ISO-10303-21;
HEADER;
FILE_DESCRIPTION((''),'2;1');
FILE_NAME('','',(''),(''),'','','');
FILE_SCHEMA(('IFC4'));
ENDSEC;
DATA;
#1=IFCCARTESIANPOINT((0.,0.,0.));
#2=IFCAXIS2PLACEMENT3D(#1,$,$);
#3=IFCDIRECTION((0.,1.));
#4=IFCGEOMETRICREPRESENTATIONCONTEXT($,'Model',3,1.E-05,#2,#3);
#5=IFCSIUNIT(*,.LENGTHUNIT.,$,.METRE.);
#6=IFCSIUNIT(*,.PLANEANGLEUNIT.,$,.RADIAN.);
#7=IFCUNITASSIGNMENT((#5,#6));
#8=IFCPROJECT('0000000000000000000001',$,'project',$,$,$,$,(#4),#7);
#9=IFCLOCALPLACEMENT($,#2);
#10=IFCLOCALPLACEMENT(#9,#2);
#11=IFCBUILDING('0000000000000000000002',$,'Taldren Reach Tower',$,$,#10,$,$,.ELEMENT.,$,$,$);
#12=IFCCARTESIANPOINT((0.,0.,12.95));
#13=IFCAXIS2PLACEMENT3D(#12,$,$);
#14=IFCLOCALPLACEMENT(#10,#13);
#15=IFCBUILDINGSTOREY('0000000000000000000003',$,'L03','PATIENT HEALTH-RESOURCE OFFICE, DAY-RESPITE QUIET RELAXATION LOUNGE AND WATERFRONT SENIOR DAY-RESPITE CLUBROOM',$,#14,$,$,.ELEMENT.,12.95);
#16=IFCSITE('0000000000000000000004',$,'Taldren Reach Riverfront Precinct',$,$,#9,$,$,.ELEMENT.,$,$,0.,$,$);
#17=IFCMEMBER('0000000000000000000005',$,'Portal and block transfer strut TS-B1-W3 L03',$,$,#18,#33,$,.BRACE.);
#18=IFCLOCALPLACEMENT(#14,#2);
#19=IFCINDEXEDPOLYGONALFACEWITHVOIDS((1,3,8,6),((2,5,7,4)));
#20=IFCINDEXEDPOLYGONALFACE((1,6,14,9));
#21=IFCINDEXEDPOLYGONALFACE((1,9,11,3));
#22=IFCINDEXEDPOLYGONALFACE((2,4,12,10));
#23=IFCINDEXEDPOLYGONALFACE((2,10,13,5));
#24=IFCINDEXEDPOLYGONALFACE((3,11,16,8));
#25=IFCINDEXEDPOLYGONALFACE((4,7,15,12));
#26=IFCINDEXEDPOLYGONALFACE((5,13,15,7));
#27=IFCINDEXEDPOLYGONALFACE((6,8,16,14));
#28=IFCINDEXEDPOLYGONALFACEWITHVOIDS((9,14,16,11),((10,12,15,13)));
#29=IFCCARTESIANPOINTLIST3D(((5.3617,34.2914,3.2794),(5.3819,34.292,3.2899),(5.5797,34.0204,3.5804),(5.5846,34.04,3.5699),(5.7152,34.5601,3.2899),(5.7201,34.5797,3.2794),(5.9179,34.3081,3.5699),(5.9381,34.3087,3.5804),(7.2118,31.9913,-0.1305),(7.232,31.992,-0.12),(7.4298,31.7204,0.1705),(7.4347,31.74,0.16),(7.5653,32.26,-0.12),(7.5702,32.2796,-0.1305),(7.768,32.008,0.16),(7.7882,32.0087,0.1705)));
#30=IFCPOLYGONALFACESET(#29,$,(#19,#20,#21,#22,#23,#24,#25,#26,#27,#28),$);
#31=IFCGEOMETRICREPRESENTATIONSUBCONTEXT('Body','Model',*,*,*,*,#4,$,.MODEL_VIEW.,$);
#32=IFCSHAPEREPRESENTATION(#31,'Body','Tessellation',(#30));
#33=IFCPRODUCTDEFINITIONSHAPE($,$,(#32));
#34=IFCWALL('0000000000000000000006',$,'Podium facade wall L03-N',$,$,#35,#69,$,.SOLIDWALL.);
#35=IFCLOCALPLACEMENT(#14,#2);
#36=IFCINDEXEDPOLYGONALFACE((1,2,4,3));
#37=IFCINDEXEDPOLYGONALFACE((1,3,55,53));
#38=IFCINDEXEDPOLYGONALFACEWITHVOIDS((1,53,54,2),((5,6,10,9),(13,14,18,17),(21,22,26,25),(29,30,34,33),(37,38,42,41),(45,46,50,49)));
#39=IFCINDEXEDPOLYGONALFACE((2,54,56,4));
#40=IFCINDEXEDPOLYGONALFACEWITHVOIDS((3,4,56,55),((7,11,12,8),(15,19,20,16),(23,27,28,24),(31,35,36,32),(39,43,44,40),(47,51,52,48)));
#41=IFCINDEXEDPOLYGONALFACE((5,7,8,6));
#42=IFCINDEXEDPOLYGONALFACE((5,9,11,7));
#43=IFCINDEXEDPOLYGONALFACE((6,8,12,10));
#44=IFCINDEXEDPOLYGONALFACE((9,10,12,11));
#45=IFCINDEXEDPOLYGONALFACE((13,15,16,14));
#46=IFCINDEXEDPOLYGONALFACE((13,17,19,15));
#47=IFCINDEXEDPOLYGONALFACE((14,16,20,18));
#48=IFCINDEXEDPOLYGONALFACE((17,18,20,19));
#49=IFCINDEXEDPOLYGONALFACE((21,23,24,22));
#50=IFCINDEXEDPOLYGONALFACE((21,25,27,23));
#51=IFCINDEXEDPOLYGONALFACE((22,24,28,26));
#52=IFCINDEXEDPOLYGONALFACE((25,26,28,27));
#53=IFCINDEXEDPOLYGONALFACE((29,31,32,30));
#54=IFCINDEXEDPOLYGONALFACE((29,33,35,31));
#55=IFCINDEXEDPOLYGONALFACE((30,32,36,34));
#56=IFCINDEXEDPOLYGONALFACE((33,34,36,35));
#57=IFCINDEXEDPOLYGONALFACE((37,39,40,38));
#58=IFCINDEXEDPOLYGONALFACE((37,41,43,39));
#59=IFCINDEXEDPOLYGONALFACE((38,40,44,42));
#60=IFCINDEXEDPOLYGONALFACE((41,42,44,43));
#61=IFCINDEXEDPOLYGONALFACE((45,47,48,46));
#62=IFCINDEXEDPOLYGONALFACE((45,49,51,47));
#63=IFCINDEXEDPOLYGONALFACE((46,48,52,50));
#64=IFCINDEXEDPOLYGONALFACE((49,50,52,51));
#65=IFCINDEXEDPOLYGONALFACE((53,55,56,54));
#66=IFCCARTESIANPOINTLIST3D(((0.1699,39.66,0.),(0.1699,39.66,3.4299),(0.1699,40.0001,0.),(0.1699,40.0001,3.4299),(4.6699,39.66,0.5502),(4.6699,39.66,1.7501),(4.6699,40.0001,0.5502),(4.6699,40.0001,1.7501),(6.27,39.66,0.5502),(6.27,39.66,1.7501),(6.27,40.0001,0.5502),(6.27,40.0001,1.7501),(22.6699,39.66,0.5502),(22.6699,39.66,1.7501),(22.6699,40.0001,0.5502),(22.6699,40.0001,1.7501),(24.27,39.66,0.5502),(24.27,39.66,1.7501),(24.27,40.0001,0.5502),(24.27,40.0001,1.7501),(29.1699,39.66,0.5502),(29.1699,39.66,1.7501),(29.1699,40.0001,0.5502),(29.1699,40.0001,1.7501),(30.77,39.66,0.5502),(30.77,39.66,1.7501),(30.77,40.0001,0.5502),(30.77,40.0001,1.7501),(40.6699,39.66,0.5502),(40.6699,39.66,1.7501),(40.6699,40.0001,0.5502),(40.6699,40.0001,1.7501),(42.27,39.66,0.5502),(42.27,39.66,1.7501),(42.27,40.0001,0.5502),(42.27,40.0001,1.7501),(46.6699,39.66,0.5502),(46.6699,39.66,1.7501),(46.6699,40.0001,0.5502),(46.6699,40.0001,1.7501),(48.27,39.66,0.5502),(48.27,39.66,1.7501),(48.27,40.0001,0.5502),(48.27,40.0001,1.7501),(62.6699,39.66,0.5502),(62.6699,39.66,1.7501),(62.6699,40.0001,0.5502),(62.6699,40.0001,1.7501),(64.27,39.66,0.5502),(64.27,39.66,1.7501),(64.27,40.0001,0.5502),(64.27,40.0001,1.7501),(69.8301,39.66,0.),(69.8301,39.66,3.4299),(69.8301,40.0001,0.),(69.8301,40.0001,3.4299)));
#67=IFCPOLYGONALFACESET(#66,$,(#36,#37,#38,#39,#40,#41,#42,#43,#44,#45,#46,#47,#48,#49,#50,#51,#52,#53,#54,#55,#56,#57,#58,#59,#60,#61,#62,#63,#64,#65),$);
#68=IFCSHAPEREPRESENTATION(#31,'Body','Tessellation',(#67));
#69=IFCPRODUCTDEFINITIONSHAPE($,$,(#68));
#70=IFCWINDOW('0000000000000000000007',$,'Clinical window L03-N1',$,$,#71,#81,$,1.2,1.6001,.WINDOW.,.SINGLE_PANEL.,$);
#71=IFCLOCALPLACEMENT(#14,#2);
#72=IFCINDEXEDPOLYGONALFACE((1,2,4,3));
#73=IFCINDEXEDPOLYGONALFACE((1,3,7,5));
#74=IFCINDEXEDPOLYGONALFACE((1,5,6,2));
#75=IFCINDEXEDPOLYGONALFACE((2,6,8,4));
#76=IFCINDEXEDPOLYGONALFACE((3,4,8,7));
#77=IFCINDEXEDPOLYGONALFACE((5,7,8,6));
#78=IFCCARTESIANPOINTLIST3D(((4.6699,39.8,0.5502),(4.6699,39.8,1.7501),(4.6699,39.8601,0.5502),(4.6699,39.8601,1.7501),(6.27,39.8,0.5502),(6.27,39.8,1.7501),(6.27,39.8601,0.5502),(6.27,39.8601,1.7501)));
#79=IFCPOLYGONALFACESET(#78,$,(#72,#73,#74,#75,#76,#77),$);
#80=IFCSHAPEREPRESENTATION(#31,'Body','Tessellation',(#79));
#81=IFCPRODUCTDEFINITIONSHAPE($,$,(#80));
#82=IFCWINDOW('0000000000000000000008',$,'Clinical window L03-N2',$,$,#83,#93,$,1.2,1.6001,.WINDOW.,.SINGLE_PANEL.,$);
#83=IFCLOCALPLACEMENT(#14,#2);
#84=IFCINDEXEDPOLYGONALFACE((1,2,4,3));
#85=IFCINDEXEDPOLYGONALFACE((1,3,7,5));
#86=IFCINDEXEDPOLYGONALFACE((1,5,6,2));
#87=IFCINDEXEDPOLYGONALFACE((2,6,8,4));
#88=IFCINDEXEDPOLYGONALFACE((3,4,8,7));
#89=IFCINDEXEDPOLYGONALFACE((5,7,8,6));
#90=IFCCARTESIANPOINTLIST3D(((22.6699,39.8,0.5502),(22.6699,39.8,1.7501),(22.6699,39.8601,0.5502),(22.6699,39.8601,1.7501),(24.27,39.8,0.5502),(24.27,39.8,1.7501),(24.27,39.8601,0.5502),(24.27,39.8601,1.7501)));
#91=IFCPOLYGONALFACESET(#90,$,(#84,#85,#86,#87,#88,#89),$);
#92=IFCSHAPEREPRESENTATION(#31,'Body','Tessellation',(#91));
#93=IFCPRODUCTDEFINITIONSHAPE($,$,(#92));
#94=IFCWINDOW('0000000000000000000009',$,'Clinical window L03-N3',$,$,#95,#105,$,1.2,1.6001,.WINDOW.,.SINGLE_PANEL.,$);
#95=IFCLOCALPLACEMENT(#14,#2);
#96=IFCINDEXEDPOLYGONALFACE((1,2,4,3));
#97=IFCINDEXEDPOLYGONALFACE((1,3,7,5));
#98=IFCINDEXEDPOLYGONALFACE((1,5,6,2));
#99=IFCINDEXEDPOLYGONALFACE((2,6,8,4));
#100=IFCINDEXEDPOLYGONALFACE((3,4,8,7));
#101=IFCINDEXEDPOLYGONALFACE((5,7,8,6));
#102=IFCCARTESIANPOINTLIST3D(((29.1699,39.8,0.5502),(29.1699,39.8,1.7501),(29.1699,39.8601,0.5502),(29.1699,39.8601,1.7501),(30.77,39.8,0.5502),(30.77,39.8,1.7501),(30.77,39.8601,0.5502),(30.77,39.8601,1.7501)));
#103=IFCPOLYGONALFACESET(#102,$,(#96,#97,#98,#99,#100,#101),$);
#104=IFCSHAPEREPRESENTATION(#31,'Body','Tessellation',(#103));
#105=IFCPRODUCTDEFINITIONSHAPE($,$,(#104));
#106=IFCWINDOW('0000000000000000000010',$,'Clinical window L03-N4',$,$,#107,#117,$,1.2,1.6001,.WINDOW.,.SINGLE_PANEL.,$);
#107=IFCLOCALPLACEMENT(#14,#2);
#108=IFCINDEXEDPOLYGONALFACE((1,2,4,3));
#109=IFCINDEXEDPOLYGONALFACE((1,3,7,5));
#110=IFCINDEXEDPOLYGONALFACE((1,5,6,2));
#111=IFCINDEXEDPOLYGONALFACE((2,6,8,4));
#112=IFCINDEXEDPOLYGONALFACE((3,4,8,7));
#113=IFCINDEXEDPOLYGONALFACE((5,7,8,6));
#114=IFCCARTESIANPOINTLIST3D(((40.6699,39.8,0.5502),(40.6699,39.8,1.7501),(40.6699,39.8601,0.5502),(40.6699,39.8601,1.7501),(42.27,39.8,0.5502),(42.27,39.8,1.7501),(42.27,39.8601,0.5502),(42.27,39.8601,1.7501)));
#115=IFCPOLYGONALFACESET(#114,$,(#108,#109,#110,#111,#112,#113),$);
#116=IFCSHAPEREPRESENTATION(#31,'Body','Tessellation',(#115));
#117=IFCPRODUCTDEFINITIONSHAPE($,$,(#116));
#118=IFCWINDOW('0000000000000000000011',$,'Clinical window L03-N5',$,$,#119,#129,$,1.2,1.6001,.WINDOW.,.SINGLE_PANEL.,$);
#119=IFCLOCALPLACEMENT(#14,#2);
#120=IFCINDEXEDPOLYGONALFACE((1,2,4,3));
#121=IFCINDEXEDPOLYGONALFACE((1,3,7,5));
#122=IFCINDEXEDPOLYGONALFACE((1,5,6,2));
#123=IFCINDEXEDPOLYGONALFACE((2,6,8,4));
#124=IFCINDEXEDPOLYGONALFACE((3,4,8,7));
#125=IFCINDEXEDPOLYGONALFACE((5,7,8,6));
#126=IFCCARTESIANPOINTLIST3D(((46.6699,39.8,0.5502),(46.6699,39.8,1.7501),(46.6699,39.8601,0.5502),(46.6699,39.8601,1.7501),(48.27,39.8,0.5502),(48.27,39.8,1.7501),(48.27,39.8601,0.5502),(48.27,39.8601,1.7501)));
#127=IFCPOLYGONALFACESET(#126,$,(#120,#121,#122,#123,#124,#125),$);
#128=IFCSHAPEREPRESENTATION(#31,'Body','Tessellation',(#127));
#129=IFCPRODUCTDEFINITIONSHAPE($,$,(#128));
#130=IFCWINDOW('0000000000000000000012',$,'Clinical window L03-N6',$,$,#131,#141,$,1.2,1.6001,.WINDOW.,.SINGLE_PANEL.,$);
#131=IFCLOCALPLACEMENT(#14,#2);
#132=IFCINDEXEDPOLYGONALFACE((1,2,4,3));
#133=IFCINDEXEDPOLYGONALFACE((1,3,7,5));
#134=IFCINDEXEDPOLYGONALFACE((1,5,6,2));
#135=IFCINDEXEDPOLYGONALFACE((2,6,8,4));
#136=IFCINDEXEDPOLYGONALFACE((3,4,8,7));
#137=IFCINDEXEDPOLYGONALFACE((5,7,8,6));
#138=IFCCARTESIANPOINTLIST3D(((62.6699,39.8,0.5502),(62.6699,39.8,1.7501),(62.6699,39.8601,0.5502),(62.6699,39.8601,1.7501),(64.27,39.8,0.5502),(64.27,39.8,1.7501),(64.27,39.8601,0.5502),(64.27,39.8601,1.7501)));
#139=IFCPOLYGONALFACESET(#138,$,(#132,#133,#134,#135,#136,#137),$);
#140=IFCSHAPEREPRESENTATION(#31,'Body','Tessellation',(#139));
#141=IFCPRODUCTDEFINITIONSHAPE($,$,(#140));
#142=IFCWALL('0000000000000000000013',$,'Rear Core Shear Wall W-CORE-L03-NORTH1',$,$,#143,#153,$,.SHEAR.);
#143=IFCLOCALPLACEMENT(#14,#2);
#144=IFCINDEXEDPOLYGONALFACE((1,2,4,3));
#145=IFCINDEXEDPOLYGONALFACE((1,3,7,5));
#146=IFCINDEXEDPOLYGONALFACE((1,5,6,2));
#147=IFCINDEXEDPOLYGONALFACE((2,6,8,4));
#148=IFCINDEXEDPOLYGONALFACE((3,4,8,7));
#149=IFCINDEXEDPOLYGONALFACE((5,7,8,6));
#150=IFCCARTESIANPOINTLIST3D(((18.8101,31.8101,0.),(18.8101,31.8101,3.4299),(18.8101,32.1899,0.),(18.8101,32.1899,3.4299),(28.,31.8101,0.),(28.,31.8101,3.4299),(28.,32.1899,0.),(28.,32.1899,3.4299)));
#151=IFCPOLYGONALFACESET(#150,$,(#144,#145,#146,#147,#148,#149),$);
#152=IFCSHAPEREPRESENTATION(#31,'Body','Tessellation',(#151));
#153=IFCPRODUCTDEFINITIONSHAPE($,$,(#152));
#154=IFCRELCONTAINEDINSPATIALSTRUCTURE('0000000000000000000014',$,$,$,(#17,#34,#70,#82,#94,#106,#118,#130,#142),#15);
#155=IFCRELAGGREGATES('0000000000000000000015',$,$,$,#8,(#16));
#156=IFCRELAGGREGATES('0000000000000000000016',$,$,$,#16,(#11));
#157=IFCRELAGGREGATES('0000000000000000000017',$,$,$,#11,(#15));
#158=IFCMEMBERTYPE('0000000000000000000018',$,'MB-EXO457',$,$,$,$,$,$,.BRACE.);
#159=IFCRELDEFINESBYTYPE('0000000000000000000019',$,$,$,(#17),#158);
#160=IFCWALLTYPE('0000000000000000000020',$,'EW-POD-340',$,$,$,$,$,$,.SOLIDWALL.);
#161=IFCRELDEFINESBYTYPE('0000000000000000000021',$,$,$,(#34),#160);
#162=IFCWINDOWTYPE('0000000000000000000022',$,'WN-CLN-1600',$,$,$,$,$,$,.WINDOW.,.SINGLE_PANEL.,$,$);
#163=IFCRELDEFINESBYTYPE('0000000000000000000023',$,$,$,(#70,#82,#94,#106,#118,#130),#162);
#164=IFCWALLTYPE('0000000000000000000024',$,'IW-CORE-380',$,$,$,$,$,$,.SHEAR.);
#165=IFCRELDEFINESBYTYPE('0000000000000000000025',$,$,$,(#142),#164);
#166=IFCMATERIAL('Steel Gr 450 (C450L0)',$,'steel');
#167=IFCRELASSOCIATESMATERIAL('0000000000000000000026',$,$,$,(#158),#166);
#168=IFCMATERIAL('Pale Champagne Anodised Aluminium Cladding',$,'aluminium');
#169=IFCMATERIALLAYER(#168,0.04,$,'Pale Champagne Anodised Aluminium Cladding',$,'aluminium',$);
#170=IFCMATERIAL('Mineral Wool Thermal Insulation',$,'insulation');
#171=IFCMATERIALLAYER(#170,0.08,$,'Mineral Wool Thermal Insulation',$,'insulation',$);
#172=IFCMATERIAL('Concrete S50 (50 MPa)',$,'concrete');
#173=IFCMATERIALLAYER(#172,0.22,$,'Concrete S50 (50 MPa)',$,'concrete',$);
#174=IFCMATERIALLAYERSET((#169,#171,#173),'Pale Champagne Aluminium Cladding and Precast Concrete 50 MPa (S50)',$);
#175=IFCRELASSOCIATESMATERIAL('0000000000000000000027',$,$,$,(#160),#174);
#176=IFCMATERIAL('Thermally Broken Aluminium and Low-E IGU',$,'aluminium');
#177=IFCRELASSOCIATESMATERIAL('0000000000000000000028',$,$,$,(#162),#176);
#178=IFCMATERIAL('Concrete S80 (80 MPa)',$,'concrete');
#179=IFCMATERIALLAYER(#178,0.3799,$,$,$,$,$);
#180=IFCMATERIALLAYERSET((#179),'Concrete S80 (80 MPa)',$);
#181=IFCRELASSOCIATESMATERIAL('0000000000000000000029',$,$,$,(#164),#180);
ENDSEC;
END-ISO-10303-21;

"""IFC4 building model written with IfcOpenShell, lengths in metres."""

from ifc_helpers import new_model, si_unit, direction, frame, frame_2d, origin, origin_2d, place, context, subcontext, project, spatial, rectangle, hollow_rectangle, extrude, source, transform, mapped, material, layer, layer_set, material_profile, profile_set, type_object, element, fill, save


model = new_model("IFC4")

# Units and contexts
model_context = context("Model", 3, precision=1e-05, world=origin(), true_north=direction((0.0, 1.0)))
body_context = subcontext(model_context, "Body", "Model", "MODEL_VIEW")
ifc_project = project(units=[si_unit("LENGTHUNIT", "METRE"), si_unit("PLANEANGLEUNIT", "RADIAN")], contexts=[model_context])

# Site, building, storey
site_placement = place(None, origin())
site = spatial("IfcSite", under=ifc_project, at=site_placement, Name="Taldren Reach Riverfront Precinct", CompositionType="ELEMENT", RefElevation=0.0)
building_placement = place(site_placement, origin())
building = spatial("IfcBuilding", under=site, at=building_placement, Name="Taldren Reach Tower", CompositionType="ELEMENT")
storey_placement = place(building_placement, frame((0.0, 0.0, 12.95)))
storey = spatial("IfcBuildingStorey", under=building, at=storey_placement, Name="L03", Description="PATIENT HEALTH-RESOURCE OFFICE, DAY-RESPITE QUIET RELAXATION LOUNGE AND WATERFRONT SENIOR DAY-RESPITE CLUBROOM", CompositionType="ELEMENT", Elevation=12.95)

# Shared definitions
ifc_material_1 = material(Name="Concrete S80 (80 MPa)", Category="concrete")

# Shared definitions
ifc_material_2 = material(Name="Steel Gr 450 (C450L0)", Category="steel")
ifc_material_profile_1 = material_profile(ifc_material_2, hollow_rectangle(XDim=0.46, YDim=0.46, WallThickness=0.0161, at=origin_2d()), Name="460x460x16.0SHS")
ifc_profile_set_1 = profile_set([ifc_material_profile_1], Name="Steel Gr 450 (C450L0)")
member_type = type_object("IfcMemberType", Name="MB-EXO457", PredefinedType="BRACE", material=ifc_profile_set_1)

# Member
shared_shape_1 = source(origin(), body_context, "Body", "SweptSolid", [
    extrude(hollow_rectangle(XDim=0.46, YDim=0.46, WallThickness=0.0161, at=origin_2d()), origin(), (0.0, 0.0, 1.0), 4.51),
])
member_1_placement = place(storey_placement, frame((7.5, 32.0, 0.02), z_axis=(-0.410216, 0.509983, 0.756069), x_axis=(-0.779204, -0.626771, 0.0)))
element("IfcMember", 1, at=member_1_placement, inside=storey, type_object=member_type, Name="Portal and block transfer strut TS-B1-W3 L03", PredefinedType="BRACE", context=body_context, shape_type="MappedRepresentation", body=[
    mapped(shared_shape_1, transform((0.0, 0.0, 0.0), scale=1.0)),
])

# Wall, openings, windows
ifc_material_3 = material(Name="Pale Champagne Anodised Aluminium Cladding", Category="aluminium")
ifc_layer_1 = layer(ifc_material_3, 0.04, Name="Pale Champagne Anodised Aluminium Cladding", Category="aluminium")
ifc_material_4 = material(Name="Mineral Wool Thermal Insulation", Category="insulation")
ifc_layer_2 = layer(ifc_material_4, 0.08, Name="Mineral Wool Thermal Insulation", Category="insulation")
ifc_material_5 = material(Name="Concrete S50 (50 MPa)", Category="concrete")
ifc_layer_3 = layer(ifc_material_5, 0.22, Name="Concrete S50 (50 MPa)", Category="concrete")
ifc_layer_set_1 = layer_set([ifc_layer_1, ifc_layer_2, ifc_layer_3], Name="Pale Champagne Aluminium Cladding and Precast Concrete 50 MPa (S50)")
wall_type_1 = type_object("IfcWallType", Name="EW-POD-340", PredefinedType="SOLIDWALL", material=ifc_layer_set_1)
shared_shape_2 = source(origin(), body_context, "Body", "SweptSolid", [
    extrude(rectangle(XDim=69.6602, YDim=0.3401, at=frame_2d((34.8301, 0.0))), origin(), (0.0, 0.0, 1.0), 3.4299),
])
wall_1_placement = place(storey_placement, frame((0.1699, 39.8301, 0.0), z_axis=(0.0, 0.0, 1.0), x_axis=(1.0, 0.0, 0.0)))
wall_1 = element("IfcWall", 2, at=wall_1_placement, inside=storey, type_object=wall_type_1, Name="Podium facade wall L03-N", PredefinedType="SOLIDWALL", context=body_context, shape_type="MappedRepresentation", body=[
    mapped(shared_shape_2, transform((0.0, 0.0, 0.0), scale=1.0)),
])
shared_shape_3 = source(origin(), body_context, "Body", "SweptSolid", [
    extrude(rectangle(XDim=1.6001, YDim=1.2, at=frame_2d((0.8, 0.6001))), frame((0.0, 0.1802, 0.0), z_axis=(0.0, -1.0, 0.0), x_axis=(1.0, 0.0, 0.0)), (0.0, 0.0, 1.0), 0.3601),
])
opening_1_placement = place(wall_1_placement, frame((4.5, 0.0, 0.55)))
opening_1 = element("IfcOpeningElement", 3, at=opening_1_placement, cuts=wall_1, PredefinedType="OPENING", context=body_context, shape_type="MappedRepresentation", body=[
    mapped(shared_shape_3, transform((0.0, 0.0, 0.0), scale=1.0)),
])
opening_2_placement = place(wall_1_placement, frame((22.5, 0.0, 0.55)))
opening_2 = element("IfcOpeningElement", 4, at=opening_2_placement, cuts=wall_1, PredefinedType="OPENING", context=body_context, shape_type="MappedRepresentation", body=[
    mapped(shared_shape_3, transform((0.0, 0.0, 0.0), scale=1.0)),
])
opening_3_placement = place(wall_1_placement, frame((29.0, 0.0, 0.55)))
opening_3 = element("IfcOpeningElement", 5, at=opening_3_placement, cuts=wall_1, PredefinedType="OPENING", context=body_context, shape_type="MappedRepresentation", body=[
    mapped(shared_shape_3, transform((0.0, 0.0, 0.0), scale=1.0)),
])
opening_4_placement = place(wall_1_placement, frame((40.5, 0.0, 0.55)))
opening_4 = element("IfcOpeningElement", 6, at=opening_4_placement, cuts=wall_1, PredefinedType="OPENING", context=body_context, shape_type="MappedRepresentation", body=[
    mapped(shared_shape_3, transform((0.0, 0.0, 0.0), scale=1.0)),
])
opening_5_placement = place(wall_1_placement, frame((46.5, 0.0, 0.55)))
opening_5 = element("IfcOpeningElement", 7, at=opening_5_placement, cuts=wall_1, PredefinedType="OPENING", context=body_context, shape_type="MappedRepresentation", body=[
    mapped(shared_shape_3, transform((0.0, 0.0, 0.0), scale=1.0)),
])
opening_6_placement = place(wall_1_placement, frame((62.5, 0.0, 0.55)))
opening_6 = element("IfcOpeningElement", 8, at=opening_6_placement, cuts=wall_1, PredefinedType="OPENING", context=body_context, shape_type="MappedRepresentation", body=[
    mapped(shared_shape_3, transform((0.0, 0.0, 0.0), scale=1.0)),
])
ifc_material_6 = material(Name="Thermally Broken Aluminium and Low-E IGU", Category="aluminium")
window_type = type_object("IfcWindowType", Name="WN-CLN-1600", PartitioningType="SINGLE_PANEL", PredefinedType="WINDOW", material=ifc_material_6)
shared_shape_4 = source(origin(), body_context, "Body", "SweptSolid", [
    extrude(rectangle(XDim=1.6001, YDim=1.2, at=frame_2d((0.8, 0.6001))), frame((0.0, 0.03, 0.0), z_axis=(0.0, -1.0, 0.0), x_axis=(1.0, 0.0, 0.0)), (0.0, 0.0, 1.0), 0.0601),
])
window_1_placement = place(opening_1_placement, origin())
window_1 = element("IfcWindow", 9, at=window_1_placement, inside=storey, type_object=window_type, Name="Clinical window L03-N1", OverallHeight=1.2, OverallWidth=1.6001, PartitioningType="SINGLE_PANEL", PredefinedType="WINDOW", context=body_context, shape_type="MappedRepresentation", body=[
    mapped(shared_shape_4, transform((0.0, 0.0, 0.0), scale=1.0)),
])
fill(opening_1, window_1)
window_2_placement = place(opening_2_placement, origin())
window_2 = element("IfcWindow", 10, at=window_2_placement, inside=storey, type_object=window_type, Name="Clinical window L03-N2", OverallHeight=1.2, OverallWidth=1.6001, PartitioningType="SINGLE_PANEL", PredefinedType="WINDOW", context=body_context, shape_type="MappedRepresentation", body=[
    mapped(shared_shape_4, transform((0.0, 0.0, 0.0), scale=1.0)),
])
fill(opening_2, window_2)
window_3_placement = place(opening_3_placement, origin())
window_3 = element("IfcWindow", 11, at=window_3_placement, inside=storey, type_object=window_type, Name="Clinical window L03-N3", OverallHeight=1.2, OverallWidth=1.6001, PartitioningType="SINGLE_PANEL", PredefinedType="WINDOW", context=body_context, shape_type="MappedRepresentation", body=[
    mapped(shared_shape_4, transform((0.0, 0.0, 0.0), scale=1.0)),
])
fill(opening_3, window_3)
window_4_placement = place(opening_4_placement, origin())
window_4 = element("IfcWindow", 12, at=window_4_placement, inside=storey, type_object=window_type, Name="Clinical window L03-N4", OverallHeight=1.2, OverallWidth=1.6001, PartitioningType="SINGLE_PANEL", PredefinedType="WINDOW", context=body_context, shape_type="MappedRepresentation", body=[
    mapped(shared_shape_4, transform((0.0, 0.0, 0.0), scale=1.0)),
])
fill(opening_4, window_4)
window_5_placement = place(opening_5_placement, origin())
window_5 = element("IfcWindow", 13, at=window_5_placement, inside=storey, type_object=window_type, Name="Clinical window L03-N5", OverallHeight=1.2, OverallWidth=1.6001, PartitioningType="SINGLE_PANEL", PredefinedType="WINDOW", context=body_context, shape_type="MappedRepresentation", body=[
    mapped(shared_shape_4, transform((0.0, 0.0, 0.0), scale=1.0)),
])
fill(opening_5, window_5)
window_6_placement = place(opening_6_placement, origin())
window_6 = element("IfcWindow", 14, at=window_6_placement, inside=storey, type_object=window_type, Name="Clinical window L03-N6", OverallHeight=1.2, OverallWidth=1.6001, PartitioningType="SINGLE_PANEL", PredefinedType="WINDOW", context=body_context, shape_type="MappedRepresentation", body=[
    mapped(shared_shape_4, transform((0.0, 0.0, 0.0), scale=1.0)),
])
fill(opening_6, window_6)

# Wall
ifc_layer_4 = layer(ifc_material_1, 0.3799)
ifc_layer_set_2 = layer_set([ifc_layer_4], Name="Concrete S80 (80 MPa)")
wall_type_2 = type_object("IfcWallType", Name="IW-CORE-380", PredefinedType="SHEAR", material=ifc_layer_set_2)
shared_shape_5 = source(origin(), body_context, "Body", "SweptSolid", [
    extrude(rectangle(XDim=9.1899, YDim=0.3799, at=frame_2d((4.595, 0.0))), origin(), (0.0, 0.0, 1.0), 3.4299),
])
wall_2_placement = place(storey_placement, frame((18.8101, 32.0, 0.0), z_axis=(0.0, 0.0, 1.0), x_axis=(1.0, 0.0, 0.0)))
element("IfcWall", 15, at=wall_2_placement, inside=storey, type_object=wall_type_2, Name="Rear Core Shear Wall W-CORE-L03-NORTH1", PredefinedType="SHEAR", context=body_context, shape_type="MappedRepresentation", body=[
    mapped(shared_shape_5, transform((0.0, 0.0, 0.0), scale=1.0)),
])

save(model, "model.ifc")
